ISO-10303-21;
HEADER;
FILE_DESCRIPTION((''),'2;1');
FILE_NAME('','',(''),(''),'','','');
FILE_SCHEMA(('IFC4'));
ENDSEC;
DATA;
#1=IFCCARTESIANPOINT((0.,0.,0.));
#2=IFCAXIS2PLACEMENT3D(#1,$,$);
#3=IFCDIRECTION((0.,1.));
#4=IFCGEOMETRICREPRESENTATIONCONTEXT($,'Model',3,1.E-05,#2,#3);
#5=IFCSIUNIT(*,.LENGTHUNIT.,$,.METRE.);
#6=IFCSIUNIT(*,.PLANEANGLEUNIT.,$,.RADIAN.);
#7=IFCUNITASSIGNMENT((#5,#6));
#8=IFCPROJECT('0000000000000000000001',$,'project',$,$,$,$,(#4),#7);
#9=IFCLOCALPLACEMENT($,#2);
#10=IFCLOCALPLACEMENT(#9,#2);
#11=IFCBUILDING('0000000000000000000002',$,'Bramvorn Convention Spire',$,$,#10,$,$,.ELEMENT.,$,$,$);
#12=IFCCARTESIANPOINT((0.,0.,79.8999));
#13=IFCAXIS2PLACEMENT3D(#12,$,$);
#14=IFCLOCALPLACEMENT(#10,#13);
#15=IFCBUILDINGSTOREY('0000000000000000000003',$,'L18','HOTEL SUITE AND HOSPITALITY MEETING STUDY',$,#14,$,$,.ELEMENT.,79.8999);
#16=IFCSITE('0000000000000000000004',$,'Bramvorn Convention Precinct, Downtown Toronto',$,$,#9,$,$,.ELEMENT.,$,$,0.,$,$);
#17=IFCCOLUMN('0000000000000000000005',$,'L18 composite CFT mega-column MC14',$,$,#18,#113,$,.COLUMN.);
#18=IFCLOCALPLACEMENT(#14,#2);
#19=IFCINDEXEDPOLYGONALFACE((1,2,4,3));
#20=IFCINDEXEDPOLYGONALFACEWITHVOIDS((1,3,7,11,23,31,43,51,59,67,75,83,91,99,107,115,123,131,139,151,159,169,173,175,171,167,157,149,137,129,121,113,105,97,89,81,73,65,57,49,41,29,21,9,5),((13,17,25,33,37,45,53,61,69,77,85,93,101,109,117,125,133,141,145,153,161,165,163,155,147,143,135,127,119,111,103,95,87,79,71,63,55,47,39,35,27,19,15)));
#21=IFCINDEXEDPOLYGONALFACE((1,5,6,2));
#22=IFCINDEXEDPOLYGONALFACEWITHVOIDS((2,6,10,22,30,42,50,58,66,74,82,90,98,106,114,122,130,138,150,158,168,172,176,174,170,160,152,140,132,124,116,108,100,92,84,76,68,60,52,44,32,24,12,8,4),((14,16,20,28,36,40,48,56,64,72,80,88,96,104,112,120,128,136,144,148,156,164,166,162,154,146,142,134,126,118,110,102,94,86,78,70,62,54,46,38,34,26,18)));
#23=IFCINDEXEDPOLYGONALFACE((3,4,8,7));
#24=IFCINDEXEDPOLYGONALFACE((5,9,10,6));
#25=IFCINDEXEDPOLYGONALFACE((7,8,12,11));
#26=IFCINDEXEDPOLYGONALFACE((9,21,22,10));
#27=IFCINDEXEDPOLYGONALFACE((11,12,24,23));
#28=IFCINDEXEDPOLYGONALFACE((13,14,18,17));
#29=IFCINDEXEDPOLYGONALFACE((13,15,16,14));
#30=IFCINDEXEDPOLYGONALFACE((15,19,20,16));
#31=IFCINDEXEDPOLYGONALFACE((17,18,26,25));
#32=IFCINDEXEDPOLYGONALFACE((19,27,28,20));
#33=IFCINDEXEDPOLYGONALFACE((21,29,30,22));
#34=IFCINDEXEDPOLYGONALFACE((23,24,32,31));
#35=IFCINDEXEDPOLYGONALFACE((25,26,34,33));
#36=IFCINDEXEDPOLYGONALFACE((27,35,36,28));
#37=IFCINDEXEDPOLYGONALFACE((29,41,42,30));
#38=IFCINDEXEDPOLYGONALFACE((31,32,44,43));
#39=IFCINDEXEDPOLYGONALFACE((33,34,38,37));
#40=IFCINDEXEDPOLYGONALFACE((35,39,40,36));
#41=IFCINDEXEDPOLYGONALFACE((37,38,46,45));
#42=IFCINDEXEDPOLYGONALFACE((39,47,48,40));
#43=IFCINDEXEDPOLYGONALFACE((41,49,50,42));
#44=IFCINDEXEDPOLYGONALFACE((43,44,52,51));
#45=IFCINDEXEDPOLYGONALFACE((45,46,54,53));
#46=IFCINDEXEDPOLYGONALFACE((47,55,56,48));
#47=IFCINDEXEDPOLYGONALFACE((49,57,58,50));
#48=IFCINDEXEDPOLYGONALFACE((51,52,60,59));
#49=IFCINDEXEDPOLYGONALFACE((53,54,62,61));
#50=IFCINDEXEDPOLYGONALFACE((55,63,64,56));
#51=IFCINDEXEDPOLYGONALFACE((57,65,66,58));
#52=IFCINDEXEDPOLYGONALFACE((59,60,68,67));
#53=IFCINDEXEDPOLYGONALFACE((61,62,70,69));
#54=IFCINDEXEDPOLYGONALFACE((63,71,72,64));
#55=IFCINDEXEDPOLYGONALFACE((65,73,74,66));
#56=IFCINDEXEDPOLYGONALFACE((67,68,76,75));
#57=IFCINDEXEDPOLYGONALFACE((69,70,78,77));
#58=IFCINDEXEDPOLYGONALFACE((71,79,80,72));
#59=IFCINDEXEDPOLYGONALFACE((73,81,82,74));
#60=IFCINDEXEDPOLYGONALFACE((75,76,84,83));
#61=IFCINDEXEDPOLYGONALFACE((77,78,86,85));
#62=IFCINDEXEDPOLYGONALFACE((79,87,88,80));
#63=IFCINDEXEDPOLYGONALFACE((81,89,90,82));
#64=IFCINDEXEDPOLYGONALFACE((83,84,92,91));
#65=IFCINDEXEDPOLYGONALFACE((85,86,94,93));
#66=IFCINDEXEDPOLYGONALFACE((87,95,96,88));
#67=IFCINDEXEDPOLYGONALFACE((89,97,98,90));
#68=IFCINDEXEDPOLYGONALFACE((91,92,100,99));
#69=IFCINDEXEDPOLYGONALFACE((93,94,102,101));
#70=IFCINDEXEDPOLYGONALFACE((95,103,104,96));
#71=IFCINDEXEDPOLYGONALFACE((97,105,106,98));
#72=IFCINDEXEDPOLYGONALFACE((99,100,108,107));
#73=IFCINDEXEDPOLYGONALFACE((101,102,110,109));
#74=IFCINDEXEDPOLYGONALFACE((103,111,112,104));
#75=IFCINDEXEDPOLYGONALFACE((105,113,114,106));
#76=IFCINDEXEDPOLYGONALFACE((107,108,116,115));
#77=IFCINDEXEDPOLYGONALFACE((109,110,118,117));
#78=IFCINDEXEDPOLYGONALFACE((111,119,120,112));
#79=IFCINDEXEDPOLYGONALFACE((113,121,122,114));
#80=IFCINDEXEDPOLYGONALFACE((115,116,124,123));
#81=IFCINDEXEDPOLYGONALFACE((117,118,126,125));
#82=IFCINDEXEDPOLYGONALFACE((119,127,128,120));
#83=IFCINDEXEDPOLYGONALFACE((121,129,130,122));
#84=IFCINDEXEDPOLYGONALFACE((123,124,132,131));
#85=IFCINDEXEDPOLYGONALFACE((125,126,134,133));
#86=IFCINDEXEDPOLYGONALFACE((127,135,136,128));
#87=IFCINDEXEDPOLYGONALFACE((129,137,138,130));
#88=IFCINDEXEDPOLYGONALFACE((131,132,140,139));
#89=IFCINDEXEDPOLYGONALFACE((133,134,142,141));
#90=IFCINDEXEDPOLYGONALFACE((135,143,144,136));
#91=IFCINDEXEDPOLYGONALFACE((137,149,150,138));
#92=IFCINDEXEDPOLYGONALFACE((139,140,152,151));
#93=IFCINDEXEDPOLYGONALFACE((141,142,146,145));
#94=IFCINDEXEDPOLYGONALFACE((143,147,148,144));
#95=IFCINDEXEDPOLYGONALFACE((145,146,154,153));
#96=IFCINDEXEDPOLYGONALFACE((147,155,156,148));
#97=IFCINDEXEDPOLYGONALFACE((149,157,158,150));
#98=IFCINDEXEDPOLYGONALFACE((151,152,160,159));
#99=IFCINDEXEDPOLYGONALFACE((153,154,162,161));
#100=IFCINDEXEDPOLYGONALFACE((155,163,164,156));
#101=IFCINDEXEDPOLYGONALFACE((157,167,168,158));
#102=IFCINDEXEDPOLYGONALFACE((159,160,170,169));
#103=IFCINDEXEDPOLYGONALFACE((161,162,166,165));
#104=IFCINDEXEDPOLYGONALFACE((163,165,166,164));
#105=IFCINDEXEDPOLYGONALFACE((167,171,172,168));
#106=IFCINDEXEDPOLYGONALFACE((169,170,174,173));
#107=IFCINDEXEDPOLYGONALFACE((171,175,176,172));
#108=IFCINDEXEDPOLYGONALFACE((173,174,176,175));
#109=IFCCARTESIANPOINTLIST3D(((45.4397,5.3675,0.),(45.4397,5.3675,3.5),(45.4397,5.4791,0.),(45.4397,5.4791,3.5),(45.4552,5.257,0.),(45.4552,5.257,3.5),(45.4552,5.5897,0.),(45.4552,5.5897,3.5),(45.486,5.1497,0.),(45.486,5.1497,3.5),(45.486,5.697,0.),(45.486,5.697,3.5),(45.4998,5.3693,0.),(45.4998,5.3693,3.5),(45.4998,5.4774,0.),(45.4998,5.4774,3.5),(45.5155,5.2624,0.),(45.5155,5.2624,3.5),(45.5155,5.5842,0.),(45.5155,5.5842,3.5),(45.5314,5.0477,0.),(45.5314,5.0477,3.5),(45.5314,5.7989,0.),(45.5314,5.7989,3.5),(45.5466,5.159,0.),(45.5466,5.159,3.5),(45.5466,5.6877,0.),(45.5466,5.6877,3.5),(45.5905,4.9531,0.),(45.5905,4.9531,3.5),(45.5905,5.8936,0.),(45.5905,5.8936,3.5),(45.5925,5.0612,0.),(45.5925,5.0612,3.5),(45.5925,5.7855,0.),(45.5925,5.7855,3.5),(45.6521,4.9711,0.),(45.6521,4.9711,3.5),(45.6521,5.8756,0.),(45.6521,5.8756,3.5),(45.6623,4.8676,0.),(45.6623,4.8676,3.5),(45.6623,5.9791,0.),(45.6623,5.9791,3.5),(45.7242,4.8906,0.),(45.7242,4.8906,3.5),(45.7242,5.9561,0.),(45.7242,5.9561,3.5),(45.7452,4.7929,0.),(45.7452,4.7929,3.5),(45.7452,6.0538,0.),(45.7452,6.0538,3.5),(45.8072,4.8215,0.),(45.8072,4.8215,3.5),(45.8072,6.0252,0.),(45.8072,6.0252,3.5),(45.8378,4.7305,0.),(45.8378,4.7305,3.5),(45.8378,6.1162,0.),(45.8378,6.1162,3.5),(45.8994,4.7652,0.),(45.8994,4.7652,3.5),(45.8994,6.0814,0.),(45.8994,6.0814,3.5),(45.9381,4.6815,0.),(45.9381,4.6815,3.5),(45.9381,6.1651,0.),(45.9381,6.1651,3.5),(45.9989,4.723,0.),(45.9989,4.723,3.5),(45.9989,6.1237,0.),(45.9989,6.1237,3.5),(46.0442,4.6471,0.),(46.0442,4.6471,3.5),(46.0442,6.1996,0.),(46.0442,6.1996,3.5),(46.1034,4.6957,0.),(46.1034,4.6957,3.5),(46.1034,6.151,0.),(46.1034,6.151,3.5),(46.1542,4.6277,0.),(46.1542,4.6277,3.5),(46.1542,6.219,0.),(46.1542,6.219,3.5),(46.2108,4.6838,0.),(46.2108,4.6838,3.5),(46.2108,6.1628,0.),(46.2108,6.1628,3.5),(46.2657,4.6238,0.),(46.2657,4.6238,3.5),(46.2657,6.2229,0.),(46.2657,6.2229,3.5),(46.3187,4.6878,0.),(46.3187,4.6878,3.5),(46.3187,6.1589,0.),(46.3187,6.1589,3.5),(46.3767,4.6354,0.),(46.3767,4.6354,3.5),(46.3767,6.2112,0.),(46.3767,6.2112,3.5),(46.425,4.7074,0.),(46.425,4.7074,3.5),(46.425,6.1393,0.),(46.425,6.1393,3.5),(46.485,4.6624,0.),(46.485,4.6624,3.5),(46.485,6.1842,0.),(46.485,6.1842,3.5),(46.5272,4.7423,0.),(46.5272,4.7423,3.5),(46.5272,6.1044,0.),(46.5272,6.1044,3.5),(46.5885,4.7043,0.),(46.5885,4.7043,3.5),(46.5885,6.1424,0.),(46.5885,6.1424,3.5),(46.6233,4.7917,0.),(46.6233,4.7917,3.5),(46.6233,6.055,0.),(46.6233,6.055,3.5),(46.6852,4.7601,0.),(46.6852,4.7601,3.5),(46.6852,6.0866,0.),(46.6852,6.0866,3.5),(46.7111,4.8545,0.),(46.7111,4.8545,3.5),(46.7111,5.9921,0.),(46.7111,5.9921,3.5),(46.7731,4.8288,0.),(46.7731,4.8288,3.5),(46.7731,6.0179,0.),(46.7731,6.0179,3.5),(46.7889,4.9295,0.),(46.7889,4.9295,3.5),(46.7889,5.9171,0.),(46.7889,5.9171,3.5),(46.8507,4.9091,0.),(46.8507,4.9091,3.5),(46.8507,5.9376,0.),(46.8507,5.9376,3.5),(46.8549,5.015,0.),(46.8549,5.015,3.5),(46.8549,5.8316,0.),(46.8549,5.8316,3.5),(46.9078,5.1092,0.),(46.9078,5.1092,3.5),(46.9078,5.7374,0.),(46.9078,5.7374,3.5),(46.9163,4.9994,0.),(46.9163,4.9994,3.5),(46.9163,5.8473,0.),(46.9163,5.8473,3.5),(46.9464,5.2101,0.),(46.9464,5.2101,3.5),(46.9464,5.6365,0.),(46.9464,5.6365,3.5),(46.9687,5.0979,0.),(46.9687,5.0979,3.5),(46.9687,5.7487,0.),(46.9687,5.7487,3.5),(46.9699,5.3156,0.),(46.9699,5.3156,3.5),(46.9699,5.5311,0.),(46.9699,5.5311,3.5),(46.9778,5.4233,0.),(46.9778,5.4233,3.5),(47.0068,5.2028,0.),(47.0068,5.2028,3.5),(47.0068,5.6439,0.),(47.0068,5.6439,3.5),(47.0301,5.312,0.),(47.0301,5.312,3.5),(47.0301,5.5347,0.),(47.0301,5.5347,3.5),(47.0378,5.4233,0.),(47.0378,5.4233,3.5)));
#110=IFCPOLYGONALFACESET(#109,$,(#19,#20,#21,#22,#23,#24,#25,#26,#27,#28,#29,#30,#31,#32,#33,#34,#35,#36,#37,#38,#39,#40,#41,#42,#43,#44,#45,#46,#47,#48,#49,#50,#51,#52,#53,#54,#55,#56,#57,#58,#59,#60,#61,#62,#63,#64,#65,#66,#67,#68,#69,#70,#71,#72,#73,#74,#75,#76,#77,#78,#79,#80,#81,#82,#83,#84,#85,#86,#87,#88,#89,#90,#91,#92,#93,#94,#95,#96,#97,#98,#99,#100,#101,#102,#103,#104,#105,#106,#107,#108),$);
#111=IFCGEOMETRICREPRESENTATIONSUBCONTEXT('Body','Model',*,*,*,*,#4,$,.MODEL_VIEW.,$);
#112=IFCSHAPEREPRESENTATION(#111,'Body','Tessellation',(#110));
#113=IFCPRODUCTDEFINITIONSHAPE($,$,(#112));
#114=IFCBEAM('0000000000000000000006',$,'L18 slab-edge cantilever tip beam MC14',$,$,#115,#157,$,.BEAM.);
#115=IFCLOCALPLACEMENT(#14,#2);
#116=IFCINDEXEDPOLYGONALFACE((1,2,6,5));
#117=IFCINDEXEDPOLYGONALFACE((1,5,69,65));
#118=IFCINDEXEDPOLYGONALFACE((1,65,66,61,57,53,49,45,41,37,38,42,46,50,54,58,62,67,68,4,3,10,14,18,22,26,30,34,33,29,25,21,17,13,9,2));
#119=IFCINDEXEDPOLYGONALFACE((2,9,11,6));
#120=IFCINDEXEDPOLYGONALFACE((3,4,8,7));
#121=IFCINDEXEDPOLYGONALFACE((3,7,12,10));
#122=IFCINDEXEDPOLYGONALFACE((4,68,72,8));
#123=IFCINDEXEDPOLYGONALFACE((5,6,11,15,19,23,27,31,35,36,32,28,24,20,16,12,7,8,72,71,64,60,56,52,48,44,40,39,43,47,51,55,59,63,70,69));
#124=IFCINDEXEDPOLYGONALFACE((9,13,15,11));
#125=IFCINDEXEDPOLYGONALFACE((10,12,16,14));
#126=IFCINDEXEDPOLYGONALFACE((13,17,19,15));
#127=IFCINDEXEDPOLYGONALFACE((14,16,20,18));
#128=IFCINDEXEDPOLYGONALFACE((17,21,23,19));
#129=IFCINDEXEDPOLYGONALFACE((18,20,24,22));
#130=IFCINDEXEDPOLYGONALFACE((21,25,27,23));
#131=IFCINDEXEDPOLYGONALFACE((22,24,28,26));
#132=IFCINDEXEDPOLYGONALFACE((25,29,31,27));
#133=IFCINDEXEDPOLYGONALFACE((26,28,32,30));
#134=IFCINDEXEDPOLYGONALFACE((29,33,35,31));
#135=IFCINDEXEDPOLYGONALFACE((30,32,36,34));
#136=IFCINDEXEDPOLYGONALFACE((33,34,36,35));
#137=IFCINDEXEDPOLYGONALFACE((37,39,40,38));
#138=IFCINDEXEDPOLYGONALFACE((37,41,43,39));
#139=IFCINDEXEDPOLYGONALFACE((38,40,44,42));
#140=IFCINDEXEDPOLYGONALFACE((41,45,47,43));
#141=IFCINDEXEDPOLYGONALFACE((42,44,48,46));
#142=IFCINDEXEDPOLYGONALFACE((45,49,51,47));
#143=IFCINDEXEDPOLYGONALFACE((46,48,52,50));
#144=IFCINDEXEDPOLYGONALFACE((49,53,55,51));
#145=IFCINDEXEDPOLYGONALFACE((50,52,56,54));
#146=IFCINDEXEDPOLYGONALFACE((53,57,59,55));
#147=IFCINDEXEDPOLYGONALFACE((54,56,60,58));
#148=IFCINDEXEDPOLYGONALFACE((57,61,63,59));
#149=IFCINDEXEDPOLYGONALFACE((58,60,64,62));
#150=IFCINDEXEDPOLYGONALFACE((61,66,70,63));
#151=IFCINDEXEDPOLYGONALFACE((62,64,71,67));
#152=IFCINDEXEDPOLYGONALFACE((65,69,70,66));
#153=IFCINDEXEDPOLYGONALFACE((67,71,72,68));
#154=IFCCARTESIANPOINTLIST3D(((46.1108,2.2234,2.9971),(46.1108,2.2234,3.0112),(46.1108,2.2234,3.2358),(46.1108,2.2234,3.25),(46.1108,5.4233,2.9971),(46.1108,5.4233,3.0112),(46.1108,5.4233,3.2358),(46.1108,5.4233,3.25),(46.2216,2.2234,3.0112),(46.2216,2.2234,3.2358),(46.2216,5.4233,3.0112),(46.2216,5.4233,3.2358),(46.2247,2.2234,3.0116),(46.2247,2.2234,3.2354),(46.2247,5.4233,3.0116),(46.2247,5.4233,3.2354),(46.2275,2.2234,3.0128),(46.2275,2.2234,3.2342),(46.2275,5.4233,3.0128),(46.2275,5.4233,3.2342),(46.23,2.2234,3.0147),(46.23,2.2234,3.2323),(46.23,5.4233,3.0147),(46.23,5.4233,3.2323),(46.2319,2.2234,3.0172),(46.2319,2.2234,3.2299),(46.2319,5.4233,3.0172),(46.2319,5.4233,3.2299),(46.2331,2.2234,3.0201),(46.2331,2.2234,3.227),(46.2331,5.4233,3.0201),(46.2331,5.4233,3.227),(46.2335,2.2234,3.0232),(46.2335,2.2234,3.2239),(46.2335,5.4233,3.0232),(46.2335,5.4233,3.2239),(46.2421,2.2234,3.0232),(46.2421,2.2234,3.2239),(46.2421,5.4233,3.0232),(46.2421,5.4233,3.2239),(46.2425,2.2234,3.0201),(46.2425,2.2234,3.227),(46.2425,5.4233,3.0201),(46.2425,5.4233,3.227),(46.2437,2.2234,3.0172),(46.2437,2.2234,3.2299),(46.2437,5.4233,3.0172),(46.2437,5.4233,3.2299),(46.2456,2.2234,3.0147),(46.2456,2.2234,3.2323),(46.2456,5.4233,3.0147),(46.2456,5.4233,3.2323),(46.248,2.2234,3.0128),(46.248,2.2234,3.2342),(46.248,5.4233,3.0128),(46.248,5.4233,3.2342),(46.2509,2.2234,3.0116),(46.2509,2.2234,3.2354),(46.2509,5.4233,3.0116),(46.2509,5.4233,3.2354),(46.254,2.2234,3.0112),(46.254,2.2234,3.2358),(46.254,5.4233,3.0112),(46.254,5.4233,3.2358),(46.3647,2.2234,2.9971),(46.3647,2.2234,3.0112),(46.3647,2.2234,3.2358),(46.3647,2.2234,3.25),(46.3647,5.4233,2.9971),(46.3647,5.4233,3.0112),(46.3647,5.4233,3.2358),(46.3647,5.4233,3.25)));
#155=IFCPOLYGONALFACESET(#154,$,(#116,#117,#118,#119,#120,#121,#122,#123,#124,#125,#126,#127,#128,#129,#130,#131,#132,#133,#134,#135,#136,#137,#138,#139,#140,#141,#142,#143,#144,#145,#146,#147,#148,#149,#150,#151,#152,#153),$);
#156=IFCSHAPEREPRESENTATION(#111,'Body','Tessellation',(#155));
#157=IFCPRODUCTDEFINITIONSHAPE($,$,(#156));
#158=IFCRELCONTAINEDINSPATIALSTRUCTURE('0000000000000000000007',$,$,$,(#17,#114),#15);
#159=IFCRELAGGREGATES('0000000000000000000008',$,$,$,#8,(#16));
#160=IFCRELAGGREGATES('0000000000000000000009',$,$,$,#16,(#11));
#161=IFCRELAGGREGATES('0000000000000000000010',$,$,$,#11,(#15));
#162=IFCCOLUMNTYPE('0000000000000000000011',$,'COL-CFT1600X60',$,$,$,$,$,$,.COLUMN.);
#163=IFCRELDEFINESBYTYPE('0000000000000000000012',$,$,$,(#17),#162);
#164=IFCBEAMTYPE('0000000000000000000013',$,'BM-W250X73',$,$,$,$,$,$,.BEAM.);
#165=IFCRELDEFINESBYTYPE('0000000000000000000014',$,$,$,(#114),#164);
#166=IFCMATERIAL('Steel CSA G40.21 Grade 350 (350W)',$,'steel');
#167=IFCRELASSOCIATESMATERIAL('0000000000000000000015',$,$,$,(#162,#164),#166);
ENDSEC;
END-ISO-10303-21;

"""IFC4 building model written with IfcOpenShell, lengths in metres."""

from ifc_helpers import new_model, si_unit, direction, frame, origin, origin_2d, place, context, subcontext, project, spatial, hollow_circle, i_section, extrude, material, material_profile, profile_set, type_object, element, save


model = new_model("IFC4")

# Units and contexts
model_context = context("Model", 3, precision=1e-05, world=origin(), true_north=direction((0.0, 1.0)))
body_context = subcontext(model_context, "Body", "Model", "MODEL_VIEW")
ifc_project = project(units=[si_unit("LENGTHUNIT", "METRE"), si_unit("PLANEANGLEUNIT", "RADIAN")], contexts=[model_context])

# Site, building, storey
site_placement = place(None, origin())
site = spatial("IfcSite", under=ifc_project, at=site_placement, Name="Bramvorn Convention Precinct, Downtown Toronto", CompositionType="ELEMENT", RefElevation=0.0)
building_placement = place(site_placement, origin())
building = spatial("IfcBuilding", under=site, at=building_placement, Name="Bramvorn Convention Spire", CompositionType="ELEMENT")
storey_placement = place(building_placement, frame((0.0, 0.0, 79.8999)))
storey = spatial("IfcBuildingStorey", under=building, at=storey_placement, Name="L18", Description="HOTEL SUITE AND HOSPITALITY MEETING STUDY", CompositionType="ELEMENT", Elevation=79.8999)

# Column
ifc_material_1 = material(Name="Steel CSA G40.21 Grade 350 (350W)", Category="steel")
ifc_material_profile_1 = material_profile(ifc_material_1, hollow_circle(Radius=0.8, WallThickness=0.0601, at=origin_2d()))
ifc_profile_set_1 = profile_set([ifc_material_profile_1], Name="Steel CSA G40.21 Grade 350 (350W) - CFT1600X60")
column_type = type_object("IfcColumnType", Name="COL-CFT1600X60", PredefinedType="COLUMN", material=ifc_profile_set_1)
column_placement = place(storey_placement, frame((46.2378, 5.4233, 0.0), z_axis=(0.0, 0.0, 1.0), x_axis=(1.0, 0.0, 0.0)))
element("IfcColumn", 1, at=column_placement, inside=storey, type_object=column_type, Name="L18 composite CFT mega-column MC14", PredefinedType="COLUMN", context=body_context, shape_type="SweptSolid", body=[
    extrude(hollow_circle(Radius=0.8, WallThickness=0.0601, at=origin_2d()), origin(), (0.0, 0.0, 1.0), 3.5),
])

# Beam
ifc_material_profile_2 = material_profile(ifc_material_1, i_section(OverallWidth=0.2539, OverallDepth=0.2529, WebThickness=0.0085, FlangeThickness=0.0142, FilletRadius=0.012, at=origin_2d()))
ifc_profile_set_2 = profile_set([ifc_material_profile_2], Name="Steel CSA G40.21 Grade 350 (350W) - W250X73")
beam_type_1 = type_object("IfcBeamType", Name="BM-W250X73", PredefinedType="BEAM", material=ifc_profile_set_2)
beam_1_placement = place(storey_placement, frame((46.2378, 5.4233, 3.1235), z_axis=(0.0, -1.0, 0.0), x_axis=(1.0, 0.0, 0.0)))
element("IfcBeam", 2, at=beam_1_placement, inside=storey, type_object=beam_type_1, Name="L18 slab-edge cantilever tip beam MC14", PredefinedType="BEAM", context=body_context, shape_type="SweptSolid", body=[
    extrude(i_section(OverallWidth=0.2539, OverallDepth=0.2529, WebThickness=0.0085, FlangeThickness=0.0142, FilletRadius=0.012, at=origin_2d()), origin(), (0.0, 0.0, 1.0), 3.2),
])

save(model, "model.ifc")
